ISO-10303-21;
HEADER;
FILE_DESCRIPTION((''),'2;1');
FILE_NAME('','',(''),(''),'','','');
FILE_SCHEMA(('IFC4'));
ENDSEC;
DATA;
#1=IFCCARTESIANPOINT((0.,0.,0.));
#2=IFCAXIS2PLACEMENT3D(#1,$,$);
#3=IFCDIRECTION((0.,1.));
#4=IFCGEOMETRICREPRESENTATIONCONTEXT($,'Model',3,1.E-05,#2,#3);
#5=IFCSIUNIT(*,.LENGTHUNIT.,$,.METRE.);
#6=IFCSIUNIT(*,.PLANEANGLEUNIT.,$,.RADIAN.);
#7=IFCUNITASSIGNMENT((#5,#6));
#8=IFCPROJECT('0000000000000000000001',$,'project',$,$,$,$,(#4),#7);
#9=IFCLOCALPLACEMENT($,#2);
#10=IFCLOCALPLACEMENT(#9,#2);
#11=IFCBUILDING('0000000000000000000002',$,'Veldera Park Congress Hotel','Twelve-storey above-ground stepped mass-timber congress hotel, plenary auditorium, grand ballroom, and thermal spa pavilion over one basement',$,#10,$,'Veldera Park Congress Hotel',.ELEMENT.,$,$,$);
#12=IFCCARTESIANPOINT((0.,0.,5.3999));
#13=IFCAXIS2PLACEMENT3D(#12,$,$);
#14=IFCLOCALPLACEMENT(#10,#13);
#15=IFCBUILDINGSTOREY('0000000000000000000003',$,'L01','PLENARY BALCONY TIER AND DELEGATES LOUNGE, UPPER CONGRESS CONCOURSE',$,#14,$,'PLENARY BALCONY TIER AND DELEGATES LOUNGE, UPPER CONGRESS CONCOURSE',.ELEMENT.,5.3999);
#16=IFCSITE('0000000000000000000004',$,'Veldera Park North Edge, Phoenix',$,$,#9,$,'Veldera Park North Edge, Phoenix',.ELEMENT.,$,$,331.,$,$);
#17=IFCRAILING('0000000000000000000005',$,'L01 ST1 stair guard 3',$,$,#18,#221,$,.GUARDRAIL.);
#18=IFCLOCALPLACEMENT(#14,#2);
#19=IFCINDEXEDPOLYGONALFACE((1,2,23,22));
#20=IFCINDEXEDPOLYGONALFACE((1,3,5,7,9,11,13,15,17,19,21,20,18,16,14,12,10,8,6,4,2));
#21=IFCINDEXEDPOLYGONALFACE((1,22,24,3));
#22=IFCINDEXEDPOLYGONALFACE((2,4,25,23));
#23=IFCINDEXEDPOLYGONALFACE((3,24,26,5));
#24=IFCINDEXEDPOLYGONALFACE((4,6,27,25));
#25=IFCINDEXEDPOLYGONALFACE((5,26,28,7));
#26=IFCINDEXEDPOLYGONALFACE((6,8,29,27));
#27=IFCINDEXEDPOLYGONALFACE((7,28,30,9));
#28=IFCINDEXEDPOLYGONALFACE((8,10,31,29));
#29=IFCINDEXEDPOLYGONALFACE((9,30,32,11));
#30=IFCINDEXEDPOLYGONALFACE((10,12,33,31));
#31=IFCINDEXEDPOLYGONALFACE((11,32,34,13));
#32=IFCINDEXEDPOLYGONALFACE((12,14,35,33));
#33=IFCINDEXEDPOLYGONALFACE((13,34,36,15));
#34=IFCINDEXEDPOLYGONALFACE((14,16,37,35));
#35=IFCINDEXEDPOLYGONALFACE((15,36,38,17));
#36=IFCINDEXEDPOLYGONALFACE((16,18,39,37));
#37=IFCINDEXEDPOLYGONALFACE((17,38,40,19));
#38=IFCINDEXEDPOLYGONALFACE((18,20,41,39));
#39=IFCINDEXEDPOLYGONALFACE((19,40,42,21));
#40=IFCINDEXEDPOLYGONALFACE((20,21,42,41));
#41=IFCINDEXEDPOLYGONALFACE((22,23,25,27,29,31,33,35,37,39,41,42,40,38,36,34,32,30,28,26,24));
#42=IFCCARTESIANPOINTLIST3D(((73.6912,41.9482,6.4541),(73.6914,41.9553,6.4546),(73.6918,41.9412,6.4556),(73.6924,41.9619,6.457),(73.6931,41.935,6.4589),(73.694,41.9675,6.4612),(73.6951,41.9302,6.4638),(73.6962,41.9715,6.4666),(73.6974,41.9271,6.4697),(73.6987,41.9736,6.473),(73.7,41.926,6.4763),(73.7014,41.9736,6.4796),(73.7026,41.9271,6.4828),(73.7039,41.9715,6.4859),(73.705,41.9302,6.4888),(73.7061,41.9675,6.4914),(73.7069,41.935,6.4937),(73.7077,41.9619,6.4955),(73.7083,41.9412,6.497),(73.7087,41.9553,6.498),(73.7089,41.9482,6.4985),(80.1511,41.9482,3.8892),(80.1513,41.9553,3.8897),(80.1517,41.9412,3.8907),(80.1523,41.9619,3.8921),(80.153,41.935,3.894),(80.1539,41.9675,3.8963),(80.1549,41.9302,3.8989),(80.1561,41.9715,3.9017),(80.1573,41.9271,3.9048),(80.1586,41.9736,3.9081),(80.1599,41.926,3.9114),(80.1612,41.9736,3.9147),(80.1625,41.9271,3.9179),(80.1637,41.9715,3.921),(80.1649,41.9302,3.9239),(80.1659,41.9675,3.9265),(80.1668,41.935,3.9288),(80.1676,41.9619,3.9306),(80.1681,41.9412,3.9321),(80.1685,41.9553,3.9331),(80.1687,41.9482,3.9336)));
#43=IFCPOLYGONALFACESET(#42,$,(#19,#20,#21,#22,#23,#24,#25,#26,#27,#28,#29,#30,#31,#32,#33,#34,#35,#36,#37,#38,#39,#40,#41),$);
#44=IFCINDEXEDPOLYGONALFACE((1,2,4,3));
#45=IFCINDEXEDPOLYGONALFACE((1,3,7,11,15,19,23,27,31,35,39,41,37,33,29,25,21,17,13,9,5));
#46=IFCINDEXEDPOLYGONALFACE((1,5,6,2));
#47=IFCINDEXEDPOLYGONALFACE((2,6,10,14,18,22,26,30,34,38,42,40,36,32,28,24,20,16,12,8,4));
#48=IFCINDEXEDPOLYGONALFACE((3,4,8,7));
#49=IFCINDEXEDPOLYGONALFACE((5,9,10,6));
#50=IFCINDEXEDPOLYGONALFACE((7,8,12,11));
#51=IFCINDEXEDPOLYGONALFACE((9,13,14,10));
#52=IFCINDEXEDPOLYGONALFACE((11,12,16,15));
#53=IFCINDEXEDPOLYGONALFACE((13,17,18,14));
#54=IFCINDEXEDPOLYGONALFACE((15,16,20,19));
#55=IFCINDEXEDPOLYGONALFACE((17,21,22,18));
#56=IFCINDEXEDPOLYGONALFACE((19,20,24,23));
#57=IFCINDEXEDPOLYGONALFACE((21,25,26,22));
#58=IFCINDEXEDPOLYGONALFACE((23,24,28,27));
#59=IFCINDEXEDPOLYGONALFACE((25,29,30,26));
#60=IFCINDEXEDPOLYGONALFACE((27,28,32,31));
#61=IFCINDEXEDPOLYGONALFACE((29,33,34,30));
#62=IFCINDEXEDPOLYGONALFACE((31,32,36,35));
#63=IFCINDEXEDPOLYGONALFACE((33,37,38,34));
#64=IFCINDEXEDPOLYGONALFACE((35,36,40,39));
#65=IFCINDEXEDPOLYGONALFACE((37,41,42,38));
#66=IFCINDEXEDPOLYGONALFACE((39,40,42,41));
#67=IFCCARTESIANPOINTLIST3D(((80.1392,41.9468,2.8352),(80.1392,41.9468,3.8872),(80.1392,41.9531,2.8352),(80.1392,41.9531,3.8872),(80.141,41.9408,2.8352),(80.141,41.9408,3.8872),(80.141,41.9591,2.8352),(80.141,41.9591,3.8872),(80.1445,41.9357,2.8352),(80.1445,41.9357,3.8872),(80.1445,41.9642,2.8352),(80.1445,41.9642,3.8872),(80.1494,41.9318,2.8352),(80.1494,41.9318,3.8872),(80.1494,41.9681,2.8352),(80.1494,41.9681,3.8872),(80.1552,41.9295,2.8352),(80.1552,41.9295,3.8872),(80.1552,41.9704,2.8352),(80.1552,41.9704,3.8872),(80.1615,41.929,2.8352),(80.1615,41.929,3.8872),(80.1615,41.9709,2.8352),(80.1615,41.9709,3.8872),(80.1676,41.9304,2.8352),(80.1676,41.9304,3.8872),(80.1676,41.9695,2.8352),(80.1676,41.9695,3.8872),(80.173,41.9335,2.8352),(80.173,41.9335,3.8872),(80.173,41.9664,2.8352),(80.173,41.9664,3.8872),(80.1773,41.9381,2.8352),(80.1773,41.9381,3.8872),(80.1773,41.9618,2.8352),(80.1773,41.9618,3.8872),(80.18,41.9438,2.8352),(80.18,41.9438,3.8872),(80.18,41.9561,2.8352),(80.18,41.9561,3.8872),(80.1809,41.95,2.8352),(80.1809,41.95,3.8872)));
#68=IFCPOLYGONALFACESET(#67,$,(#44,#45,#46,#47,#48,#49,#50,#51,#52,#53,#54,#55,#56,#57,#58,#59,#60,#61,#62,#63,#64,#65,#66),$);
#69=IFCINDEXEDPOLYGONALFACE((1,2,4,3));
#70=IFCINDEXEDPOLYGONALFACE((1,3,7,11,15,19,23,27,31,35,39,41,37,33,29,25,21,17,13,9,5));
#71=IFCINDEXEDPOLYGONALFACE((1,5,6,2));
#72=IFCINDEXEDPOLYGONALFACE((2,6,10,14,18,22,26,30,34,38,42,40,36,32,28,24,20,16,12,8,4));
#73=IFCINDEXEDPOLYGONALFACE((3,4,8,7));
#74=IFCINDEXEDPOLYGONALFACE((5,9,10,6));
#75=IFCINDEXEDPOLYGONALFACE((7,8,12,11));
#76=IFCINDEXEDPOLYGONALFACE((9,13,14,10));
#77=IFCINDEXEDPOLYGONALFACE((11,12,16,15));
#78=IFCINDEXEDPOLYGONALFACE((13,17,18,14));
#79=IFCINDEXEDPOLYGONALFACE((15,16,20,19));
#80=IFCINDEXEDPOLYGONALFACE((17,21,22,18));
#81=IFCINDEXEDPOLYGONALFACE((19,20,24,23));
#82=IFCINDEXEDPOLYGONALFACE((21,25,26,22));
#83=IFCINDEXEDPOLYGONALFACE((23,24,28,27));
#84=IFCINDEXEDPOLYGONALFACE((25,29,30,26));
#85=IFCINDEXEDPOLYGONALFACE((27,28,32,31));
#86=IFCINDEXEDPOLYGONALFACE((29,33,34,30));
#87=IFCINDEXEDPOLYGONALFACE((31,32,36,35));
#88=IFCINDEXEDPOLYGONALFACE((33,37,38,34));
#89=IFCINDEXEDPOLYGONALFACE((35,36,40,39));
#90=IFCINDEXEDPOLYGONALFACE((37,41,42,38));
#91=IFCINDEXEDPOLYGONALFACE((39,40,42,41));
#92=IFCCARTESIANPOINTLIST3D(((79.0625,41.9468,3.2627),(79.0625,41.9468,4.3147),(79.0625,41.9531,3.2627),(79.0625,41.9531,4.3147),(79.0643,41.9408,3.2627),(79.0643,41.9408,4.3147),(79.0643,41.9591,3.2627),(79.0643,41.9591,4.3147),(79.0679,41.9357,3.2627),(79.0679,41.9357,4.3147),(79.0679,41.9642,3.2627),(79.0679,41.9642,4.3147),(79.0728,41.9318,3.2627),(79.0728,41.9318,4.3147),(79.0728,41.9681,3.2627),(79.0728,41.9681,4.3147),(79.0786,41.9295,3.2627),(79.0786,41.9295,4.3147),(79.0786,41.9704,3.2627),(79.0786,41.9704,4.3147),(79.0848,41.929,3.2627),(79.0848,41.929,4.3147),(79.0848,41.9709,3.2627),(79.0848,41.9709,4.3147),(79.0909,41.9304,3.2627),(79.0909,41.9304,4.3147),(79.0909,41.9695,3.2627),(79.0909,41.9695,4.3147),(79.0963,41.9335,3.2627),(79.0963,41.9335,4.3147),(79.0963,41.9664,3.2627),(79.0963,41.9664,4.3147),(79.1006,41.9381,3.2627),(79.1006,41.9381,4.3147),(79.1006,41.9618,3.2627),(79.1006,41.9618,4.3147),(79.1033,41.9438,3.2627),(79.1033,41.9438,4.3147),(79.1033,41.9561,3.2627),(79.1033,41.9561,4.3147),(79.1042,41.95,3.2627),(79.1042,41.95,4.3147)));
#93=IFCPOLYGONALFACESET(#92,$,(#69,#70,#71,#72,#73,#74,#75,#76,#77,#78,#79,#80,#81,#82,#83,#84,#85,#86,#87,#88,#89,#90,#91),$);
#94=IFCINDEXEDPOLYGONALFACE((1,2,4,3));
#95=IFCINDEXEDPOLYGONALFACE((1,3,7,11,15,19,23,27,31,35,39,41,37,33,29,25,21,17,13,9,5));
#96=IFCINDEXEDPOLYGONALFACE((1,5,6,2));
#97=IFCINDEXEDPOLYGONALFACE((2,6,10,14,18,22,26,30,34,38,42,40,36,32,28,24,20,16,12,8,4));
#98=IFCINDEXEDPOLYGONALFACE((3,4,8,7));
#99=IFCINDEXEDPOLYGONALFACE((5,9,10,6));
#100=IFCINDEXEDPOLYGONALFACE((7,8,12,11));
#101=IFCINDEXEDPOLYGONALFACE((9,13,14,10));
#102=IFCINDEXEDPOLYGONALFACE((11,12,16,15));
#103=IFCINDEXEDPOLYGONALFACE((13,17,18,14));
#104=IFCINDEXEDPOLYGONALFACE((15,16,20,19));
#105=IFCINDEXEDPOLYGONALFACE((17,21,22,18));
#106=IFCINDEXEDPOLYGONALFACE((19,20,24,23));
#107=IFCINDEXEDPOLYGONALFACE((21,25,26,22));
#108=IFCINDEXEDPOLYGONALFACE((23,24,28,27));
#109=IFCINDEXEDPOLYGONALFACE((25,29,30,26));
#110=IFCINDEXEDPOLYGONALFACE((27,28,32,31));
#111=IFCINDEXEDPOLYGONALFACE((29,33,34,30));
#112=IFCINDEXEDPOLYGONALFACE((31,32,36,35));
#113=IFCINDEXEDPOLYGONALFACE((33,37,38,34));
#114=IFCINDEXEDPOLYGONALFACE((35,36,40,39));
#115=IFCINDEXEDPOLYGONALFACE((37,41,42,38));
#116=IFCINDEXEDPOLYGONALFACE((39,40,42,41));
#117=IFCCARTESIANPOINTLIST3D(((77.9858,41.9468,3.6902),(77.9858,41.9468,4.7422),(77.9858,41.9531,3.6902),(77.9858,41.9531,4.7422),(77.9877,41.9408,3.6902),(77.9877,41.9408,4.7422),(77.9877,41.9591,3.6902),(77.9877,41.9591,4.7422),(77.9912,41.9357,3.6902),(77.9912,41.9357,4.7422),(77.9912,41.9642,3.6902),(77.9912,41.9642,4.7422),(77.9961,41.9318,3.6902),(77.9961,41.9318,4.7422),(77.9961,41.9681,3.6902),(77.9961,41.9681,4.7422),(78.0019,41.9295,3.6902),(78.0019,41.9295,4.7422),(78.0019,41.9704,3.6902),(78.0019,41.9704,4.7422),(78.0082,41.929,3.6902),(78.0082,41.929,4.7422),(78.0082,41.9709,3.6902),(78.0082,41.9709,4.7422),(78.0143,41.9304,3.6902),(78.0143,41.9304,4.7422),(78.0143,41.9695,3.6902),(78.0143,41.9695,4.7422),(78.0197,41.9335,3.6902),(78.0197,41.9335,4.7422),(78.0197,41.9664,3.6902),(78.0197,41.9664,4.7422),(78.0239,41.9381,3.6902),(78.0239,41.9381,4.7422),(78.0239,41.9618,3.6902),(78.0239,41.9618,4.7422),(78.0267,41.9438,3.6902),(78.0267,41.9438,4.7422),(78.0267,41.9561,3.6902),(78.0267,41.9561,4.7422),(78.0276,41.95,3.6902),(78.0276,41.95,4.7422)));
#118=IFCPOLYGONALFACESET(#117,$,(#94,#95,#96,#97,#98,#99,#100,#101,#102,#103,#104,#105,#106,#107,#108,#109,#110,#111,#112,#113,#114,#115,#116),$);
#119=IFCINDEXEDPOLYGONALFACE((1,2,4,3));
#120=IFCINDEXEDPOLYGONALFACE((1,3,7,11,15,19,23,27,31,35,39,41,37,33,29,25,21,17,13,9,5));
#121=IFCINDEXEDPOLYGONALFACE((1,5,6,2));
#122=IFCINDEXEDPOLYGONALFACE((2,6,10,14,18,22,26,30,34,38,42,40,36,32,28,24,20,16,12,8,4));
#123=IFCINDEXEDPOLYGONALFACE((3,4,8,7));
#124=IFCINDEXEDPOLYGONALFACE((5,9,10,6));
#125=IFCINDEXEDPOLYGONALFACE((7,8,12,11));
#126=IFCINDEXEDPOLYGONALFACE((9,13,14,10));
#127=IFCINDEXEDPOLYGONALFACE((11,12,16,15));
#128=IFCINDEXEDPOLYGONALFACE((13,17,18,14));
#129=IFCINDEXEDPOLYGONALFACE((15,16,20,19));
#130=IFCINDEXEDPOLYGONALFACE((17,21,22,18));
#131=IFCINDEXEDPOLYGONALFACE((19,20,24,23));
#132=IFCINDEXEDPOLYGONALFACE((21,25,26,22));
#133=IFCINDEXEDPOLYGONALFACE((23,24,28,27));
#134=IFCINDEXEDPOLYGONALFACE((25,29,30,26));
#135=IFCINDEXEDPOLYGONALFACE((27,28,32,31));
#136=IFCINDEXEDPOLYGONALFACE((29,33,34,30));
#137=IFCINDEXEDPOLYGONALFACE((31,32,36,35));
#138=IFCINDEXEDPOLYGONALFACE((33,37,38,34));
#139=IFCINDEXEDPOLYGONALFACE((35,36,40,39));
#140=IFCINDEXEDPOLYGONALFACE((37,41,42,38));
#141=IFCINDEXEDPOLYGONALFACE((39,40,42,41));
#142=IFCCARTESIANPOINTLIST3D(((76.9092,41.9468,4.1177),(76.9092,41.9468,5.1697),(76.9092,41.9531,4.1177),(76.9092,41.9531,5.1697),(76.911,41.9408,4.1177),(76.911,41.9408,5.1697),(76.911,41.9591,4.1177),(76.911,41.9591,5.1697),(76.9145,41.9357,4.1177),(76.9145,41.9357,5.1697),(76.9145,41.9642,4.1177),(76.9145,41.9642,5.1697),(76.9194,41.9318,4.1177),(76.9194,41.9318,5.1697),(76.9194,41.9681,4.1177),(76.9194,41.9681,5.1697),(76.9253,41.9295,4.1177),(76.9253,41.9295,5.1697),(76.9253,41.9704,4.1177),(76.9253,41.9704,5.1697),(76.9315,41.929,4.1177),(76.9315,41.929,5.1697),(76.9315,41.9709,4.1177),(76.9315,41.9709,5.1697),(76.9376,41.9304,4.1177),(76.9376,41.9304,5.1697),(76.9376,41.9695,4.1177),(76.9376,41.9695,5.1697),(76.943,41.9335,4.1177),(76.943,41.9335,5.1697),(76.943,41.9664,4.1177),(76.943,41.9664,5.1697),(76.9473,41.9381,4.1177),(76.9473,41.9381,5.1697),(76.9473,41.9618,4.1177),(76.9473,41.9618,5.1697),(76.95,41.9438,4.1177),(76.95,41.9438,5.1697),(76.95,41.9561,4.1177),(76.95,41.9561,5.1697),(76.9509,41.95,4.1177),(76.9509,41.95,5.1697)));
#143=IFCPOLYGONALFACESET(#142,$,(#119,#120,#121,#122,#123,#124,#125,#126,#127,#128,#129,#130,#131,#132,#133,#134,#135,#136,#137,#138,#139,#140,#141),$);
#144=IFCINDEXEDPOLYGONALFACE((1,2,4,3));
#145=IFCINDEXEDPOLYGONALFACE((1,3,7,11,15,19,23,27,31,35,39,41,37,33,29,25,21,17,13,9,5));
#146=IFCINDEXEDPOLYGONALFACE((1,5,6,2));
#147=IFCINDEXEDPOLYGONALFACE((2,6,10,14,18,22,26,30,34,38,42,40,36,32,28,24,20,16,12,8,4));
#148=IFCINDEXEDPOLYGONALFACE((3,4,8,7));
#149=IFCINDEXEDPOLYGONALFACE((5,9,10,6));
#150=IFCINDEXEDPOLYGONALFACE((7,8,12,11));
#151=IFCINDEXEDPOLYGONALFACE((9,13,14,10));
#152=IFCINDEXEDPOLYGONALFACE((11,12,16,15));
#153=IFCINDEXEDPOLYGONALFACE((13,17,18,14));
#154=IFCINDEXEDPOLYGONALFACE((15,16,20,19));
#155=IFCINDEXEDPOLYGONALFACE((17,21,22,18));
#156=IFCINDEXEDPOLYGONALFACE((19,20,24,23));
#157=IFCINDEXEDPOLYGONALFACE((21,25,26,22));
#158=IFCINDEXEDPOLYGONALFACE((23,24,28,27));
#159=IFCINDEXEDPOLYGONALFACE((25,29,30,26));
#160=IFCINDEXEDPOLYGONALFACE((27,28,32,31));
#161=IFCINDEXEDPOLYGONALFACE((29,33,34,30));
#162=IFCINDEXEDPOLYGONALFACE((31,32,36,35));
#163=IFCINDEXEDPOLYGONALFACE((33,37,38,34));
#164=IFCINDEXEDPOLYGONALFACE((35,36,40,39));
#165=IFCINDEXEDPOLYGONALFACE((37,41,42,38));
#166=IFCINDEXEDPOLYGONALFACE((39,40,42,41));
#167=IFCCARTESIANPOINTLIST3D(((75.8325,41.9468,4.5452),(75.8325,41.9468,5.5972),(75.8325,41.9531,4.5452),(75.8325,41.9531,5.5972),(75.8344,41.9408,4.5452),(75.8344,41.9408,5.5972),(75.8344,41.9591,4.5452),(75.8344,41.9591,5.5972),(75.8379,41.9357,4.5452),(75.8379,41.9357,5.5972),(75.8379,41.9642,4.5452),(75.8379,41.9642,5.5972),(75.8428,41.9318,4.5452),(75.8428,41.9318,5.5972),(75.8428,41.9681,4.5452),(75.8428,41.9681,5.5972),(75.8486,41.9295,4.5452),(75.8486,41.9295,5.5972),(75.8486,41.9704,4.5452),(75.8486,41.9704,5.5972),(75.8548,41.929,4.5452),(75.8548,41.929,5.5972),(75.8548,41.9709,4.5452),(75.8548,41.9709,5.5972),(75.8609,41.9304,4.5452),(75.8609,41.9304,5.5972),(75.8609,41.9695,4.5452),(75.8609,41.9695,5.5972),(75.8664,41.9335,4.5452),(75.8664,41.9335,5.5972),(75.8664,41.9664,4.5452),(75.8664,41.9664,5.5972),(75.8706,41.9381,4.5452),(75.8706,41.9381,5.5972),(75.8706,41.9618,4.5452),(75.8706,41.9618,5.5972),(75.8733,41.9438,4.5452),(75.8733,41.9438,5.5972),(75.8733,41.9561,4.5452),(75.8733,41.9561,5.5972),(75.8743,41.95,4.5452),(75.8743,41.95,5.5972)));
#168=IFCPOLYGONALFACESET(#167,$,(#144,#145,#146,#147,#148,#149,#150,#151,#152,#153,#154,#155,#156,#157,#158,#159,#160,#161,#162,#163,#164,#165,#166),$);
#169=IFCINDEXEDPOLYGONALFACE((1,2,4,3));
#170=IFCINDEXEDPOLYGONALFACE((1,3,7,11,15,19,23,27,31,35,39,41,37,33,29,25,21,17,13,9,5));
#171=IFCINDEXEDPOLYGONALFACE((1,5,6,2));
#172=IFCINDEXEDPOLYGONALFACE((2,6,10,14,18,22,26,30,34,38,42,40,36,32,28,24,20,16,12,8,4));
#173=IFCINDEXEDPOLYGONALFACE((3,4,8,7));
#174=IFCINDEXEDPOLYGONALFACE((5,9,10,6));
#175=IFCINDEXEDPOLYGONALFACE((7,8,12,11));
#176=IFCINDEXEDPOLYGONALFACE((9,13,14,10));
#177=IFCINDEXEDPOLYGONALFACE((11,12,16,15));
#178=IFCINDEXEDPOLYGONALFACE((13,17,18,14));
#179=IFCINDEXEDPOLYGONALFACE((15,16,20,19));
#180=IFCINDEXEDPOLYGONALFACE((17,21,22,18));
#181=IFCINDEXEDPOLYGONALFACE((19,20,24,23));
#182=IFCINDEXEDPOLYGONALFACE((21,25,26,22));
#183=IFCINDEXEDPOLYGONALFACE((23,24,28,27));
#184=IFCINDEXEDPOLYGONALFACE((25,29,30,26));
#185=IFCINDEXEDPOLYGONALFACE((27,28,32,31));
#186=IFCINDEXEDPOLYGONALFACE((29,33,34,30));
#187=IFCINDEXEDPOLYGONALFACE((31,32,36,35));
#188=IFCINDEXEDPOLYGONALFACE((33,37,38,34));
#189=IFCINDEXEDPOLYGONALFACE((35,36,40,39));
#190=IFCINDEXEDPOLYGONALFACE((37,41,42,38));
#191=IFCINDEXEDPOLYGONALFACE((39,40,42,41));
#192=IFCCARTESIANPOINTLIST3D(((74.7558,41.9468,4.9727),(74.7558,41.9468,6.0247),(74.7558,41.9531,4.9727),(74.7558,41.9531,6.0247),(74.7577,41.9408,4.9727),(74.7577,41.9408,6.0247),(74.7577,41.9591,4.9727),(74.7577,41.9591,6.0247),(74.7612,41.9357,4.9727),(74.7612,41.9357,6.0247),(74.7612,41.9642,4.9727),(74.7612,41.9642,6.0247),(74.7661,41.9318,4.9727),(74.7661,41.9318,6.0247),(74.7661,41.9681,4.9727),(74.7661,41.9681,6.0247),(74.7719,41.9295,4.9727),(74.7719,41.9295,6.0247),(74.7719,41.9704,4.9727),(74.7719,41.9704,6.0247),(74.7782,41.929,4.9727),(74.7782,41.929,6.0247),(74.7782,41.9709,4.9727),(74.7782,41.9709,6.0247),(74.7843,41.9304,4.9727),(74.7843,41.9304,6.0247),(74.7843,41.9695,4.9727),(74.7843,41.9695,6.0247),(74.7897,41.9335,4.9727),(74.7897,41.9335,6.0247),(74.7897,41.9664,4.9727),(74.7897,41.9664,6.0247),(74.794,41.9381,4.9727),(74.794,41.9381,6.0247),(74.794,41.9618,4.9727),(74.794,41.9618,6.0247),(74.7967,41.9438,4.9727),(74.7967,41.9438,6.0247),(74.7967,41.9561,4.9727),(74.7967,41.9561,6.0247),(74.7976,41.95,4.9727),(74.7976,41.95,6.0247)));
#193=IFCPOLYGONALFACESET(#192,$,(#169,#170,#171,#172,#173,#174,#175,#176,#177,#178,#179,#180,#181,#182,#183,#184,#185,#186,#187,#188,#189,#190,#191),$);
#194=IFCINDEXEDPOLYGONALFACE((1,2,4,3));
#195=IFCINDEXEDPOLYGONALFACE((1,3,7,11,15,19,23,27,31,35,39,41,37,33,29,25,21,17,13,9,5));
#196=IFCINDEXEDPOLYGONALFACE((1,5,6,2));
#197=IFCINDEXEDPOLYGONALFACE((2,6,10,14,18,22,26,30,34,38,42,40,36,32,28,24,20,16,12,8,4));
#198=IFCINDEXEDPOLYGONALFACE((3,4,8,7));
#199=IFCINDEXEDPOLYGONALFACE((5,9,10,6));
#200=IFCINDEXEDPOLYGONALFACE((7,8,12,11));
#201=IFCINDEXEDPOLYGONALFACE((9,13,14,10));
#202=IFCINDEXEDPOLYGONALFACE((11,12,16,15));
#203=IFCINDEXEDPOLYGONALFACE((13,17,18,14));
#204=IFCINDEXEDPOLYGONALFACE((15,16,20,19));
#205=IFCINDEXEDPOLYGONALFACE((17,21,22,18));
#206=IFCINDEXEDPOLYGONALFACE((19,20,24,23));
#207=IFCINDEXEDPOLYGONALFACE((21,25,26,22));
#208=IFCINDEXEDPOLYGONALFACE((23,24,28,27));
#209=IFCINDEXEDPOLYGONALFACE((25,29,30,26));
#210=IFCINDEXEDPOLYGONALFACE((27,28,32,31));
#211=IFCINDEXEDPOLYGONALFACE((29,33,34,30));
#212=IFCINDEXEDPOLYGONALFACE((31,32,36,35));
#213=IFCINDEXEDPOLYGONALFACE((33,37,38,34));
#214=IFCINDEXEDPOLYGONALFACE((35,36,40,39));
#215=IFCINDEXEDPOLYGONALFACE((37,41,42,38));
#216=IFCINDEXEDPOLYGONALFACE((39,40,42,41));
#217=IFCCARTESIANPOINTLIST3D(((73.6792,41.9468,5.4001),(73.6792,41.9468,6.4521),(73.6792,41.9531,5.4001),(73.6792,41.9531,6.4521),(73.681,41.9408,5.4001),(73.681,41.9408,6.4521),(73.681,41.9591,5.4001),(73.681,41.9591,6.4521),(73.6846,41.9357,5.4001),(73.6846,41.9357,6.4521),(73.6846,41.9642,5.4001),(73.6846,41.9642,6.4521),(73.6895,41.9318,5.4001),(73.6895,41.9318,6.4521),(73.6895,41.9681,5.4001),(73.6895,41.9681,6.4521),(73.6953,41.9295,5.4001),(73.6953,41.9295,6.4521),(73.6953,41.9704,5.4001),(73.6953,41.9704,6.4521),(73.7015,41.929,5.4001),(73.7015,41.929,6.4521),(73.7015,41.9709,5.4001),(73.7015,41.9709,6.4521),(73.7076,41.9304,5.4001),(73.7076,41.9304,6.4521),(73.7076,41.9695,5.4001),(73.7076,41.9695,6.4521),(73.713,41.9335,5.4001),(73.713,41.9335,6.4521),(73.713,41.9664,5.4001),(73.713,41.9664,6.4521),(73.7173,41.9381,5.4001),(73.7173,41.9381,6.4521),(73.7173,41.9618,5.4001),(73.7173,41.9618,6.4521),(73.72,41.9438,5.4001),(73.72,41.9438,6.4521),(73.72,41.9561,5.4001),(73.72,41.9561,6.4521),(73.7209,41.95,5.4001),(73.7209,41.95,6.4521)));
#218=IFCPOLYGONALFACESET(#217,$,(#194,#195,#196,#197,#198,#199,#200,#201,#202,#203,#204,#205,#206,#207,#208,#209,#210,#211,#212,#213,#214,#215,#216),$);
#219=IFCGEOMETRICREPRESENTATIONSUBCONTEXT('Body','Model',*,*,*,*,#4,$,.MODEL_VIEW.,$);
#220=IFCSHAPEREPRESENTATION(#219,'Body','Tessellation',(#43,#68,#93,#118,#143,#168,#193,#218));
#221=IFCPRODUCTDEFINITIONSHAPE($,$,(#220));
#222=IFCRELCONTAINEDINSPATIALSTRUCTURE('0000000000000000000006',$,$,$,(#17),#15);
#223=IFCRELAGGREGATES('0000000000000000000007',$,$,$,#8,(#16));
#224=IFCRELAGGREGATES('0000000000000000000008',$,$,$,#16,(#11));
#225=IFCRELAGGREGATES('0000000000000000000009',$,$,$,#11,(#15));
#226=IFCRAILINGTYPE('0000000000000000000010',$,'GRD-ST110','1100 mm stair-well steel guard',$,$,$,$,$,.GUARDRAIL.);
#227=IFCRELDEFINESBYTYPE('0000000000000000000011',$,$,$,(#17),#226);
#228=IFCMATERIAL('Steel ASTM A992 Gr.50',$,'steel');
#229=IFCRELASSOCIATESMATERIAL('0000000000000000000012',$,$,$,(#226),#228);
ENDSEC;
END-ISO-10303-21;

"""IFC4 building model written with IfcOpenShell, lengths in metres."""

from ifc_helpers import new_model, si_unit, direction, frame, origin, origin_2d, place, context, subcontext, project, spatial, circle, extrude, material, type_object, element, save


model = new_model("IFC4")

# Units and contexts
model_context = context("Model", 3, precision=1e-05, world=origin(), true_north=direction((0.0, 1.0)))
body_context = subcontext(model_context, "Body", "Model", "MODEL_VIEW")
ifc_project = project(units=[si_unit("LENGTHUNIT", "METRE"), si_unit("PLANEANGLEUNIT", "RADIAN")], contexts=[model_context])

# Site, building, storey
site_placement = place(None, origin())
site = spatial("IfcSite", under=ifc_project, at=site_placement, Name="Veldera Park North Edge, Phoenix", LongName="Veldera Park North Edge, Phoenix", CompositionType="ELEMENT", RefElevation=331.0)
building_placement = place(site_placement, origin())
building = spatial("IfcBuilding", under=site, at=building_placement, Name="Veldera Park Congress Hotel", Description="Twelve-storey above-ground stepped mass-timber congress hotel, plenary auditorium, grand ballroom, and thermal spa pavilion over one basement", LongName="Veldera Park Congress Hotel", CompositionType="ELEMENT")
storey_placement = place(building_placement, frame((0.0, 0.0, 5.3999)))
storey = spatial("IfcBuildingStorey", under=building, at=storey_placement, Name="L01", Description="PLENARY BALCONY TIER AND DELEGATES LOUNGE, UPPER CONGRESS CONCOURSE", LongName="PLENARY BALCONY TIER AND DELEGATES LOUNGE, UPPER CONGRESS CONCOURSE", CompositionType="ELEMENT", Elevation=5.3999)

# Shared definitions
ifc_material_1 = material(Name="Steel ASTM A992 Gr.50", Category="steel")

# Railing
railing_type_1 = type_object("IfcRailingType", Name="GRD-ST110", Description="1100 mm stair-well steel guard", PredefinedType="GUARDRAIL", material=ifc_material_1)
railing_1_placement = place(storey_placement, frame((80.1599, 41.95, 2.8352)))
element("IfcRailing", 1, at=railing_1_placement, inside=storey, type_object=railing_type_1, Name="L01 ST1 stair guard 3", PredefinedType="GUARDRAIL", context=body_context, shape_type="SweptSolid", body=[
    extrude(circle(Radius=0.0239, at=origin_2d()), frame((0.0, 0.0, 1.0762), z_axis=(-0.929418, 0.0, 0.369028), x_axis=(0.0, -1.0, 0.0)), (0.0, 0.0, 1.0), 6.9504),
    extrude(circle(Radius=0.021, at=origin_2d()), origin(), (0.0, 0.0, 1.0), 1.052),
    extrude(circle(Radius=0.021, at=origin_2d()), frame((-1.0767, 0.0, 0.4275)), (0.0, 0.0, 1.0), 1.052),
    extrude(circle(Radius=0.021, at=origin_2d()), frame((-2.1533, 0.0, 0.855)), (0.0, 0.0, 1.0), 1.052),
    extrude(circle(Radius=0.021, at=origin_2d()), frame((-3.23, 0.0, 1.2825)), (0.0, 0.0, 1.0), 1.052),
    extrude(circle(Radius=0.021, at=origin_2d()), frame((-4.3066, 0.0, 1.71)), (0.0, 0.0, 1.0), 1.052),
    extrude(circle(Radius=0.021, at=origin_2d()), frame((-5.3833, 0.0, 2.1375)), (0.0, 0.0, 1.0), 1.052),
    extrude(circle(Radius=0.021, at=origin_2d()), frame((-6.46, 0.0, 2.5649)), (0.0, 0.0, 1.0), 1.052),
])

save(model, "model.ifc")
